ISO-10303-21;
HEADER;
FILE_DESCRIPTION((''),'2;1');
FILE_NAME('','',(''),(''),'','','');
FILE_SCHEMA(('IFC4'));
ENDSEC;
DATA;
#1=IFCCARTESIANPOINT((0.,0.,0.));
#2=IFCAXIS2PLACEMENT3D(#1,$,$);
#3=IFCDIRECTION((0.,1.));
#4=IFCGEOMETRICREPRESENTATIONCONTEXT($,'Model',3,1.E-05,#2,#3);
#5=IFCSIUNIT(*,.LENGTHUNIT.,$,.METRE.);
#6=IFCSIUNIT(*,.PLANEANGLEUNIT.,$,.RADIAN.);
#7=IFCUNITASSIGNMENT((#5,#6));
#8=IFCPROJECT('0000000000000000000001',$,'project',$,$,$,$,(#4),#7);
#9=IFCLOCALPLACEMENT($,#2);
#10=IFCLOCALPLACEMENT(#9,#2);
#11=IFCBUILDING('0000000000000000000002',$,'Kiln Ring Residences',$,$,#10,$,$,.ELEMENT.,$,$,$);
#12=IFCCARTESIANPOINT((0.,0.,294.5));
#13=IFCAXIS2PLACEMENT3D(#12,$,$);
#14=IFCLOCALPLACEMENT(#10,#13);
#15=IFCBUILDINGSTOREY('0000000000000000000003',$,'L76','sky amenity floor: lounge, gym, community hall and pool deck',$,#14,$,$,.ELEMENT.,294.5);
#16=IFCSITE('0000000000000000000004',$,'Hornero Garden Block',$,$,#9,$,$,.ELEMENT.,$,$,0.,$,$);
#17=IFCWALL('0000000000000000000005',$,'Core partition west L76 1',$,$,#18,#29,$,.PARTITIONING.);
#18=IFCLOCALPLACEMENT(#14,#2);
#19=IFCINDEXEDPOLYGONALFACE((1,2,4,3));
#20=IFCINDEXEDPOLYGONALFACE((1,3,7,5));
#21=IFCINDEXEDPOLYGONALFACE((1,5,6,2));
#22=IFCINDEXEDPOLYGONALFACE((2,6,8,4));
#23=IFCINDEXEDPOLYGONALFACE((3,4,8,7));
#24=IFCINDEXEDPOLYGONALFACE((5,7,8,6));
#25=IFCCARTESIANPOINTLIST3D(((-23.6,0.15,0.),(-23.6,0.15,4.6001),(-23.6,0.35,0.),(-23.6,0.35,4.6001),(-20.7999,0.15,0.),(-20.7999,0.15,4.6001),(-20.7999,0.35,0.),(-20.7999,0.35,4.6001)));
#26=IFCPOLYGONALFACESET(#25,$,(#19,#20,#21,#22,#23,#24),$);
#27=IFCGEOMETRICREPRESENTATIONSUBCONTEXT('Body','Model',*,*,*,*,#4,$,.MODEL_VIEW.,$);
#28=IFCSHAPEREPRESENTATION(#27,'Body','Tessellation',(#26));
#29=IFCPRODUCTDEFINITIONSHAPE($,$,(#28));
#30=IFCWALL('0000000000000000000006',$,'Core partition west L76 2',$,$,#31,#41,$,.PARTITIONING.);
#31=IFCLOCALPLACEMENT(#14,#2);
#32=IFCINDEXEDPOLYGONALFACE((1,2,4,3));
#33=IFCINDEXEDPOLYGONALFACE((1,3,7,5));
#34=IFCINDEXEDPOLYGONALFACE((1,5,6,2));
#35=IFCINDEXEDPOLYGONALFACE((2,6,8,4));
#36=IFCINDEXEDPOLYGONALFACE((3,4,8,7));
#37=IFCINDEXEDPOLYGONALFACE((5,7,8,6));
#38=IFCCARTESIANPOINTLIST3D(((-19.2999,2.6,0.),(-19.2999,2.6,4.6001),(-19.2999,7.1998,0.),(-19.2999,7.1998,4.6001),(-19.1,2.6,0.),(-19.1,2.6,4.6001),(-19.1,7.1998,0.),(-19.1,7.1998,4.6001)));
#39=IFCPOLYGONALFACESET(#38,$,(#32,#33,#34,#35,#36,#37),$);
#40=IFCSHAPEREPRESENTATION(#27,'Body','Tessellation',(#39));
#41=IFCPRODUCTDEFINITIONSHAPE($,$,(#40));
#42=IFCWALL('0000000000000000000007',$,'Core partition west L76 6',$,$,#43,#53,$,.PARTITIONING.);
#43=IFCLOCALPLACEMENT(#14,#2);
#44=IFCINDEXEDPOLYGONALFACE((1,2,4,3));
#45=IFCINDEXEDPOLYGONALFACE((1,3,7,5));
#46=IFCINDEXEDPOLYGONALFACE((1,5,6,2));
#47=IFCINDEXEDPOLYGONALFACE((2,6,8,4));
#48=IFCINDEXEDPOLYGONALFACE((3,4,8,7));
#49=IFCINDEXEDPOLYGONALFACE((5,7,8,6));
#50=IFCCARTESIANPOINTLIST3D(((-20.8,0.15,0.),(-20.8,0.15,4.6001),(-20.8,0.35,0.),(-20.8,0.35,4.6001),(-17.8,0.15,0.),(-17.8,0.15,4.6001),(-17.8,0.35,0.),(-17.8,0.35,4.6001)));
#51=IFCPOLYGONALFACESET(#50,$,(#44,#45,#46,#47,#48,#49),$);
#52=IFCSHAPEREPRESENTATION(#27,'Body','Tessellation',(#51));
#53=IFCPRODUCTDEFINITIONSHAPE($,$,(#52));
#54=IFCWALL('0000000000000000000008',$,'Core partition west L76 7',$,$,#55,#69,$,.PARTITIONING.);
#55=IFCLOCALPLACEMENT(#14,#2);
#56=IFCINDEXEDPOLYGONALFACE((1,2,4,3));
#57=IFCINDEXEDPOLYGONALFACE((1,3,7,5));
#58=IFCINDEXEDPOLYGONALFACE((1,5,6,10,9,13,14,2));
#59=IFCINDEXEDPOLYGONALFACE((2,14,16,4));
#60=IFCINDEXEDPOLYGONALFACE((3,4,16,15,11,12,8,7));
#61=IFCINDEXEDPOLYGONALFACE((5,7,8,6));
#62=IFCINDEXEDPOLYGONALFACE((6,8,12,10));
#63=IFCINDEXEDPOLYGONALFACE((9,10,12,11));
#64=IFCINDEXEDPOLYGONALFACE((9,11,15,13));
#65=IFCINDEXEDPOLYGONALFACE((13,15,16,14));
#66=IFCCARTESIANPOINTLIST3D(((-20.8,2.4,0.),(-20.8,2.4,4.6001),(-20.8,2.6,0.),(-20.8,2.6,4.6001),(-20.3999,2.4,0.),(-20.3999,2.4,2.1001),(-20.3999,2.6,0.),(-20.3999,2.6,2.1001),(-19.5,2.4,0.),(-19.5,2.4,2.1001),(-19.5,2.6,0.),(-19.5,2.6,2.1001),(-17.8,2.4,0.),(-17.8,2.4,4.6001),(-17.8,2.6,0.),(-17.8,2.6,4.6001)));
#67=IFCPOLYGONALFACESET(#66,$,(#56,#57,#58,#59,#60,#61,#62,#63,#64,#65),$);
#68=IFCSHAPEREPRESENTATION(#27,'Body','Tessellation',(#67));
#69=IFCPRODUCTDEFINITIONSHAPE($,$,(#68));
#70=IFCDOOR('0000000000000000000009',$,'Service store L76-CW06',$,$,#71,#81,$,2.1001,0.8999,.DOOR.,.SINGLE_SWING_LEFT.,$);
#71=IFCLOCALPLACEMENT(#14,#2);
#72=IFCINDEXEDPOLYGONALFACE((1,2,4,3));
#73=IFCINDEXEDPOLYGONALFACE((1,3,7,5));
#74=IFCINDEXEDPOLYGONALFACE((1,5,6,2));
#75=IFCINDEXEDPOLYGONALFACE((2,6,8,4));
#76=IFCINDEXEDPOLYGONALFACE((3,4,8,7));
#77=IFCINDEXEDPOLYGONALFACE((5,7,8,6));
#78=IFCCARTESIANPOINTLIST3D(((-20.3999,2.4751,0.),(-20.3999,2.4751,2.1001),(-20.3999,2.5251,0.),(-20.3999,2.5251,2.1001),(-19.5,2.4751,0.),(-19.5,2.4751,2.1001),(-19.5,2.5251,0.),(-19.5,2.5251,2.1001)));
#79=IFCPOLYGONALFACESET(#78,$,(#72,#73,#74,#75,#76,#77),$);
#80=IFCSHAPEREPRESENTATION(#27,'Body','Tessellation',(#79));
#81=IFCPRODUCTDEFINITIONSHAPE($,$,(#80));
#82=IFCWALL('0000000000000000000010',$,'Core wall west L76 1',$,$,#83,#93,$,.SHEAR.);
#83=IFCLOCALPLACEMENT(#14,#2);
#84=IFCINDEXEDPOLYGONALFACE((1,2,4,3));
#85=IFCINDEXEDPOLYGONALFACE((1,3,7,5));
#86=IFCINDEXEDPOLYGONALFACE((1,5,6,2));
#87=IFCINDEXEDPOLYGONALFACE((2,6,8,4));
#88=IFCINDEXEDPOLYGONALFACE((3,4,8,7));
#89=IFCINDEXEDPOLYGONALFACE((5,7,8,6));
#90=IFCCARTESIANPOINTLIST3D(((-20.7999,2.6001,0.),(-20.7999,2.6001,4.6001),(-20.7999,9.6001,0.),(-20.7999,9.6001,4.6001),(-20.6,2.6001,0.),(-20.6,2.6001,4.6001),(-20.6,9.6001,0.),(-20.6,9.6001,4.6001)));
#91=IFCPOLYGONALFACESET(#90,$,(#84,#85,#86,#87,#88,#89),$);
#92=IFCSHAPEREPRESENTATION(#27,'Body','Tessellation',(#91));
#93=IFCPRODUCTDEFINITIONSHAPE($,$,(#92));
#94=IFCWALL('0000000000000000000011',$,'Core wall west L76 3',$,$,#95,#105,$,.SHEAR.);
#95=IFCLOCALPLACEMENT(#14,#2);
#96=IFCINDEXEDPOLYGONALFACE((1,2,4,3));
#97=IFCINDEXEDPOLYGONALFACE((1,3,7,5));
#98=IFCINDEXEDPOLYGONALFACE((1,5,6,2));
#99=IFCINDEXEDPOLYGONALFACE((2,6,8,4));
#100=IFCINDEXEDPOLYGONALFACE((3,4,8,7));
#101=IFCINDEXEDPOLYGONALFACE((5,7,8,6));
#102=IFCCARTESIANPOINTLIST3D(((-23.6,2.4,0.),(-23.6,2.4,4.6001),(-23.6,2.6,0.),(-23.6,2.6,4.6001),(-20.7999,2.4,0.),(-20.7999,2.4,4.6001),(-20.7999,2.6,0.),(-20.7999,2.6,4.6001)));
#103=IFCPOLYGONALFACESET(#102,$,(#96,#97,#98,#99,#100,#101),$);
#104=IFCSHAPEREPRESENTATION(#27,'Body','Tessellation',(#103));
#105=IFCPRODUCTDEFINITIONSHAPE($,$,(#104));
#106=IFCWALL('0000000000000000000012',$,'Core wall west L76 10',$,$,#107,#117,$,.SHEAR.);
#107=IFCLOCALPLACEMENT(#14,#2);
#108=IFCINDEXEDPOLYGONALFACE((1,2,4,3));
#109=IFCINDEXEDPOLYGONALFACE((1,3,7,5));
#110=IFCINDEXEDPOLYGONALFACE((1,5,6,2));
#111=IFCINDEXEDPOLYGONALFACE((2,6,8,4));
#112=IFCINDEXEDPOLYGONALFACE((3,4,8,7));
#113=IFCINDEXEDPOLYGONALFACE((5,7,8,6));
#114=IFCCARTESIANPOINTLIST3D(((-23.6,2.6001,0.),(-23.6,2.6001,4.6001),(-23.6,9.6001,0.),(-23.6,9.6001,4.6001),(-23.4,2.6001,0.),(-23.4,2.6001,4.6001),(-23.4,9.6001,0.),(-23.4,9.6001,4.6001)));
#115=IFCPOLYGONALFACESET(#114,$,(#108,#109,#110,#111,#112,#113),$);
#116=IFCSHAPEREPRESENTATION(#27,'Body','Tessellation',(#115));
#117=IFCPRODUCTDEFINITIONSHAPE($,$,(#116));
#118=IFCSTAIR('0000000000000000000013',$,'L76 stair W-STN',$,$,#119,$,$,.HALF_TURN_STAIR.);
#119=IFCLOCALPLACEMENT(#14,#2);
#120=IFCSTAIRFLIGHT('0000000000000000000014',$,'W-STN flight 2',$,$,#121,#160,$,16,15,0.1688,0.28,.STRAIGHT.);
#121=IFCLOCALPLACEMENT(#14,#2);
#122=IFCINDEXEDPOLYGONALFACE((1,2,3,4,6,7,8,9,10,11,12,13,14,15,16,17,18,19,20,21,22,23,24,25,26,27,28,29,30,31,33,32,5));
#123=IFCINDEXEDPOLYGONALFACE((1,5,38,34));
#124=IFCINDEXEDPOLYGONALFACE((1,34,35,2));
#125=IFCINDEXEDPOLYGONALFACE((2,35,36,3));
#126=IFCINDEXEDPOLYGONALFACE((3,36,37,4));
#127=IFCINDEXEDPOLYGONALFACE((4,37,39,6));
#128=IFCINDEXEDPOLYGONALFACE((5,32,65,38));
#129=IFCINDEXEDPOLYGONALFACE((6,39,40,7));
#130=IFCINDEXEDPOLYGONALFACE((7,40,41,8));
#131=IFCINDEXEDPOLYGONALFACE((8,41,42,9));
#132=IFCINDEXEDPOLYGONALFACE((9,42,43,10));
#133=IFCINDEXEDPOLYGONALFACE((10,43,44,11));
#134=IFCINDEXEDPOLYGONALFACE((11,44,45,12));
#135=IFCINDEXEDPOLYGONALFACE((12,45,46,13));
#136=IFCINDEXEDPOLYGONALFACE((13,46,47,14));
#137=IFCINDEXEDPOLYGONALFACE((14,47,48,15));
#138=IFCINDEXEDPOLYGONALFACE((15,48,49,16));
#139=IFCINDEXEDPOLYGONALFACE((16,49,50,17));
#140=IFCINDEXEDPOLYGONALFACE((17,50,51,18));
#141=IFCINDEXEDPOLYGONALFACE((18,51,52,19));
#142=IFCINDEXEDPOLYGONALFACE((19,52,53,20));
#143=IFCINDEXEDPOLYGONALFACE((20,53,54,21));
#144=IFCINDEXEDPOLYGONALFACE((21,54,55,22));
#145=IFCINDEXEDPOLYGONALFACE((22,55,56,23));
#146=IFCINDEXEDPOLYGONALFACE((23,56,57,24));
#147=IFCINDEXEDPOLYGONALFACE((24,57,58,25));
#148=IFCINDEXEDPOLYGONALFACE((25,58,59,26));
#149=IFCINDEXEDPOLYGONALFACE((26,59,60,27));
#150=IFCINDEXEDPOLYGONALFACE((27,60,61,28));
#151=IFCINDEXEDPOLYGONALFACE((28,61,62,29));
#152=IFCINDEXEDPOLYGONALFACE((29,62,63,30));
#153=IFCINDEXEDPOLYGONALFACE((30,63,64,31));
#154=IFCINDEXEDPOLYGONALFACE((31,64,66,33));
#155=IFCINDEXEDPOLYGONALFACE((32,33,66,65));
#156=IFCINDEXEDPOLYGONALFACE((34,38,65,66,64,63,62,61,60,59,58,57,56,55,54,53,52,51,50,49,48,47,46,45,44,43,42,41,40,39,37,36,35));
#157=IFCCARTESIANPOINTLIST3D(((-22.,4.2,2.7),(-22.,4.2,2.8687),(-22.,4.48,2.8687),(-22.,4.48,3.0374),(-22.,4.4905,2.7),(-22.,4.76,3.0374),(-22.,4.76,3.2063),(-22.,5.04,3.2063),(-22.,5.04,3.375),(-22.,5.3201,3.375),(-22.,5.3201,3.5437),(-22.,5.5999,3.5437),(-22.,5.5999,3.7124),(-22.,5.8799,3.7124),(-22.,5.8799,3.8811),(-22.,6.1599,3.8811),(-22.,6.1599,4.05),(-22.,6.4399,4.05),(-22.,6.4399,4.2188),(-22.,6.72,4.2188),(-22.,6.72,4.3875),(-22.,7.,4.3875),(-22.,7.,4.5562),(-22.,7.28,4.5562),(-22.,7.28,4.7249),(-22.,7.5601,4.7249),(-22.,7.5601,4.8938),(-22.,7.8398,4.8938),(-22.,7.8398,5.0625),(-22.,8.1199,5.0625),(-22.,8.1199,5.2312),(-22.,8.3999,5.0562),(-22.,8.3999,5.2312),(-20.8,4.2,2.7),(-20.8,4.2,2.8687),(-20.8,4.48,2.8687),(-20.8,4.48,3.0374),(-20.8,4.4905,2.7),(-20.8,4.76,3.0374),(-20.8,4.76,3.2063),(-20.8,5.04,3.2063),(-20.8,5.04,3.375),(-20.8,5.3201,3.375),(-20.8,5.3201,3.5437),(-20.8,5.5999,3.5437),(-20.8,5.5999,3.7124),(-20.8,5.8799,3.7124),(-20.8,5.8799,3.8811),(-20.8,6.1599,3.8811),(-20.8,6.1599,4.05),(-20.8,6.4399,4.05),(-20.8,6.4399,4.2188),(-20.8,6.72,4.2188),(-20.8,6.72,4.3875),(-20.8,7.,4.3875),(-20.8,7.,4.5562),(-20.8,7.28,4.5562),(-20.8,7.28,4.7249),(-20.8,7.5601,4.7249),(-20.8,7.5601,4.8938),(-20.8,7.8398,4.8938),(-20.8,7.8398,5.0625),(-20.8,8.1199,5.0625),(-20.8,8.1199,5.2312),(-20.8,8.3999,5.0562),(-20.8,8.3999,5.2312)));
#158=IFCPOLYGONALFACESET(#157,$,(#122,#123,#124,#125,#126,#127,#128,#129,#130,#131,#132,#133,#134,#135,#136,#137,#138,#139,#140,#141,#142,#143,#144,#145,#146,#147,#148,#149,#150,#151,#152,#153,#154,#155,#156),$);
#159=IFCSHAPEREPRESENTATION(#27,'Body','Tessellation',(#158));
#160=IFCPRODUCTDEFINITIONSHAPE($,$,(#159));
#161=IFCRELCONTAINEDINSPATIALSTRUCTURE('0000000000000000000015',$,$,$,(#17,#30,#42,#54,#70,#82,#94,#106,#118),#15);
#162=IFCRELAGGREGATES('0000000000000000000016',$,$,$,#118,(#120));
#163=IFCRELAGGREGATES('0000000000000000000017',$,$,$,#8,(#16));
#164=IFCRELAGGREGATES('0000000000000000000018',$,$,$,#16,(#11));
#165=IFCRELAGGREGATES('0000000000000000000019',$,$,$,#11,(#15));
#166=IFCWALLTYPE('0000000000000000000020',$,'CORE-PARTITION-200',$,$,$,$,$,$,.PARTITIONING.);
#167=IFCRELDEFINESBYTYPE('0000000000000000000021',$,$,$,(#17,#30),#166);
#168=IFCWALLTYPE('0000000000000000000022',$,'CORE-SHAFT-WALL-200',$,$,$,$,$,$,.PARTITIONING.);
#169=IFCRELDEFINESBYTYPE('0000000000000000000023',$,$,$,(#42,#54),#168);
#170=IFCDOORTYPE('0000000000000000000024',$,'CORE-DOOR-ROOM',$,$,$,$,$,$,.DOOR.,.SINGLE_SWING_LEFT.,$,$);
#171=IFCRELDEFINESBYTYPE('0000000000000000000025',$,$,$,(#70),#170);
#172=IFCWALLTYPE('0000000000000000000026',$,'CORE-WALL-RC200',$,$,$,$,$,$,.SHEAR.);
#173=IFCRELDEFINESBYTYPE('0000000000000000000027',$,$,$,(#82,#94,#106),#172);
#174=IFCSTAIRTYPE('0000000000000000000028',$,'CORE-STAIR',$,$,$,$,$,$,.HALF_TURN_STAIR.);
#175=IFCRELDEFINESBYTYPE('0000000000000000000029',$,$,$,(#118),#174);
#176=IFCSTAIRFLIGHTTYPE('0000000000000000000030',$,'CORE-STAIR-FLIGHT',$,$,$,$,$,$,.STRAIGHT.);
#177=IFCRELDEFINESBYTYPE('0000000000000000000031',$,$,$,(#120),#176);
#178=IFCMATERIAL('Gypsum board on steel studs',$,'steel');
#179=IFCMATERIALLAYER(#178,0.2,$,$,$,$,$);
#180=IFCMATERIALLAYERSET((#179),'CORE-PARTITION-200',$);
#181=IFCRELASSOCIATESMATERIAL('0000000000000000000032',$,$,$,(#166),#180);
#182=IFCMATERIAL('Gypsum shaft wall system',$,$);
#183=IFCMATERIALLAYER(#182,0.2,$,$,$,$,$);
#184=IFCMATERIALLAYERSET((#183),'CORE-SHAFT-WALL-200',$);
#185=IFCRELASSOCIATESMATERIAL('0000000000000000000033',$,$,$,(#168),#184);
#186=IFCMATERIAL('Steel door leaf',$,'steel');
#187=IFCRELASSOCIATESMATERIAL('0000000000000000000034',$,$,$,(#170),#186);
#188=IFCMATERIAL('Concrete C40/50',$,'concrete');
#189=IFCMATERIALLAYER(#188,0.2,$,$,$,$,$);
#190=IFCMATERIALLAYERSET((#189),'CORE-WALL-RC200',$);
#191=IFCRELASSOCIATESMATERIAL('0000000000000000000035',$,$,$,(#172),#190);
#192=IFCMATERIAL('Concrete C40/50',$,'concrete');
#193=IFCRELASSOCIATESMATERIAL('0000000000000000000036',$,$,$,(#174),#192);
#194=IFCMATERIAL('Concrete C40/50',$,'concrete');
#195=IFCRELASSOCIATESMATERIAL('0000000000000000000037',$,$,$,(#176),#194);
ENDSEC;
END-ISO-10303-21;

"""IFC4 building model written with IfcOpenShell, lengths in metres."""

from ifc_helpers import new_model, si_unit, direction, frame, frame_2d, origin, place, context, subcontext, project, spatial, polyline, rectangle, outline, extrude, material, layer, layer_set, type_object, element, fill, aggregate, save


model = new_model("IFC4")

# Units and contexts
model_context = context("Model", 3, precision=1e-05, world=origin(), true_north=direction((0.0, 1.0)))
body_context = subcontext(model_context, "Body", "Model", "MODEL_VIEW")
ifc_project = project(units=[si_unit("LENGTHUNIT", "METRE"), si_unit("PLANEANGLEUNIT", "RADIAN")], contexts=[model_context])

# Site, building, storey
site_placement = place(None, origin())
site = spatial("IfcSite", under=ifc_project, at=site_placement, Name="Hornero Garden Block", CompositionType="ELEMENT", RefElevation=0.0)
building_placement = place(site_placement, origin())
building = spatial("IfcBuilding", under=site, at=building_placement, Name="Kiln Ring Residences", CompositionType="ELEMENT")
storey_placement = place(building_placement, frame((0.0, 0.0, 294.5)))
storey = spatial("IfcBuildingStorey", under=building, at=storey_placement, Name="L76", Description="sky amenity floor: lounge, gym, community hall and pool deck", CompositionType="ELEMENT", Elevation=294.5)

# Shared definitions
placement = place(storey_placement, origin())

# Walls
ifc_material_1 = material(Name="Gypsum board on steel studs", Category="steel")
ifc_layer_1 = layer(ifc_material_1, 0.2)
ifc_layer_set_1 = layer_set([ifc_layer_1], Name="CORE-PARTITION-200")
wall_type_1 = type_object("IfcWallType", Name="CORE-PARTITION-200", PredefinedType="PARTITIONING", material=ifc_layer_set_1)
wall_1_placement = place(storey_placement, frame((-20.8, 0.25, 0.0), z_axis=(0.0, 0.0, 1.0), x_axis=(-1.0, 0.0, 0.0)))
element("IfcWall", 1, at=wall_1_placement, inside=storey, type_object=wall_type_1, Name="Core partition west L76 1", PredefinedType="PARTITIONING", context=body_context, shape_type="SweptSolid", body=[
    extrude(rectangle(XDim=2.8, YDim=0.2, at=frame_2d((1.3999, 0.0))), origin(), (0.0, 0.0, 1.0), 4.6001),
])
wall_2_placement = place(storey_placement, frame((-19.2, 2.6001, 0.0), z_axis=(0.0, 0.0, 1.0), x_axis=(0.0, 1.0, 0.0)))
element("IfcWall", 2, at=wall_2_placement, inside=storey, type_object=wall_type_1, Name="Core partition west L76 2", PredefinedType="PARTITIONING", context=body_context, shape_type="SweptSolid", body=[
    extrude(rectangle(XDim=4.5999, YDim=0.2, at=frame_2d((2.2998, 0.0))), origin(), (0.0, 0.0, 1.0), 4.6001),
])
ifc_material_2 = material(Name="Gypsum shaft wall system")
ifc_layer_2 = layer(ifc_material_2, 0.2)
ifc_layer_set_2 = layer_set([ifc_layer_2], Name="CORE-SHAFT-WALL-200")
wall_type_2 = type_object("IfcWallType", Name="CORE-SHAFT-WALL-200", PredefinedType="PARTITIONING", material=ifc_layer_set_2)
wall_3_placement = place(storey_placement, frame((-17.8, 0.25, 0.0), z_axis=(0.0, 0.0, 1.0), x_axis=(-1.0, 0.0, 0.0)))
element("IfcWall", 3, at=wall_3_placement, inside=storey, type_object=wall_type_2, Name="Core partition west L76 6", PredefinedType="PARTITIONING", context=body_context, shape_type="SweptSolid", body=[
    extrude(rectangle(XDim=3.0, YDim=0.2, at=frame_2d((1.5, 0.0))), origin(), (0.0, 0.0, 1.0), 4.6001),
])

# Wall, opening, door
wall_4_placement = place(storey_placement, frame((-17.8, 2.5, 0.0), z_axis=(0.0, 0.0, 1.0), x_axis=(-1.0, 0.0, 0.0)))
wall_4 = element("IfcWall", 4, at=wall_4_placement, inside=storey, type_object=wall_type_2, Name="Core partition west L76 7", PredefinedType="PARTITIONING", context=body_context, shape_type="SweptSolid", body=[
    extrude(rectangle(XDim=3.0, YDim=0.2, at=frame_2d((1.5, 0.0))), origin(), (0.0, 0.0, 1.0), 4.6001),
])
opening_placement = place(wall_4_placement, frame((1.7, 0.0, 0.0)))
opening = element("IfcOpeningElement", 5, at=opening_placement, cuts=wall_4, PredefinedType="OPENING", context=body_context, shape_type="SweptSolid", body=[
    extrude(rectangle(XDim=0.8999, YDim=2.1001, at=frame_2d((0.45, 1.05))), frame((0.0, 0.1099, 0.0), z_axis=(0.0, -1.0, 0.0), x_axis=(1.0, 0.0, 0.0)), (0.0, 0.0, 1.0), 0.22),
])
ifc_material_3 = material(Name="Steel door leaf", Category="steel")
door_type = type_object("IfcDoorType", Name="CORE-DOOR-ROOM", OperationType="SINGLE_SWING_LEFT", PredefinedType="DOOR", material=ifc_material_3)
door_placement = place(opening_placement, origin())
door = element("IfcDoor", 6, at=door_placement, inside=storey, type_object=door_type, Name="Service store L76-CW06", OperationType="SINGLE_SWING_LEFT", OverallHeight=2.1001, OverallWidth=0.8999, PredefinedType="DOOR", context=body_context, shape_type="SweptSolid", body=[
    extrude(rectangle(XDim=0.8999, YDim=2.1001, at=frame_2d((0.45, 1.05))), frame((0.0, 0.0249, 0.0), z_axis=(0.0, -1.0, 0.0), x_axis=(1.0, 0.0, 0.0)), (0.0, 0.0, 1.0), 0.05),
])
fill(opening, door)

# Walls
ifc_material_4 = material(Name="Concrete C40/50", Category="concrete")
ifc_layer_3 = layer(ifc_material_4, 0.2)
ifc_layer_set_3 = layer_set([ifc_layer_3], Name="CORE-WALL-RC200")
wall_type_3 = type_object("IfcWallType", Name="CORE-WALL-RC200", PredefinedType="SHEAR", material=ifc_layer_set_3)
wall_5_placement = place(storey_placement, frame((-20.7, 2.6001, 0.0), z_axis=(0.0, 0.0, 1.0), x_axis=(0.0, 1.0, 0.0)))
element("IfcWall", 7, at=wall_5_placement, inside=storey, type_object=wall_type_3, Name="Core wall west L76 1", PredefinedType="SHEAR", context=body_context, shape_type="SweptSolid", body=[
    extrude(rectangle(XDim=7.0, YDim=0.2, at=frame_2d((3.5, 0.0))), origin(), (0.0, 0.0, 1.0), 4.6001),
])
wall_6_placement = place(storey_placement, frame((-20.8, 2.5, 0.0), z_axis=(0.0, 0.0, 1.0), x_axis=(-1.0, 0.0, 0.0)))
element("IfcWall", 8, at=wall_6_placement, inside=storey, type_object=wall_type_3, Name="Core wall west L76 3", PredefinedType="SHEAR", context=body_context, shape_type="SweptSolid", body=[
    extrude(rectangle(XDim=2.8, YDim=0.2, at=frame_2d((1.3999, 0.0))), origin(), (0.0, 0.0, 1.0), 4.6001),
])
wall_7_placement = place(storey_placement, frame((-23.5, 2.6001, 0.0), z_axis=(0.0, 0.0, 1.0), x_axis=(0.0, 1.0, 0.0)))
element("IfcWall", 9, at=wall_7_placement, inside=storey, type_object=wall_type_3, Name="Core wall west L76 10", PredefinedType="SHEAR", context=body_context, shape_type="SweptSolid", body=[
    extrude(rectangle(XDim=7.0, YDim=0.2, at=frame_2d((3.5, 0.0))), origin(), (0.0, 0.0, 1.0), 4.6001),
])

# Stair, stair flight
ifc_material_5 = material(Name="Concrete C40/50", Category="concrete")
stair_type = type_object("IfcStairType", Name="CORE-STAIR", PredefinedType="HALF_TURN_STAIR", material=ifc_material_5)
stair = element("IfcStair", 10, at=placement, inside=storey, type_object=stair_type, Name="L76 stair W-STN", PredefinedType="HALF_TURN_STAIR")
ifc_material_6 = material(Name="Concrete C40/50", Category="concrete")
stair_flight_type = type_object("IfcStairFlightType", Name="CORE-STAIR-FLIGHT", PredefinedType="STRAIGHT", material=ifc_material_6)
stair_flight_placement = place(storey_placement, frame((-21.3999, 4.2, 2.7), z_axis=(0.0, 0.0, 1.0), x_axis=(0.0, 1.0, 0.0)))
stair_flight = element("IfcStairFlight", 11, at=stair_flight_placement, type_object=stair_flight_type, Name="W-STN flight 2", NumberOfRisers=16, NumberOfTreads=15, PredefinedType="STRAIGHT", RiserHeight=0.1688, TreadLength=0.28, context=body_context, shape_type="SweptSolid", body=[
    extrude(outline(polyline([(0.0, 0.0), (0.0, 0.1687), (0.28, 0.1687), (0.28, 0.3374), (0.5601, 0.3374), (0.5601, 0.5063), (0.8401, 0.5063), (0.8401, 0.675), (1.1201, 0.675), (1.1201, 0.8438), (1.3999, 0.8438), (1.3999, 1.0125), (1.6799, 1.0125), (1.6799, 1.1812), (1.96, 1.1812), (1.96, 1.3501), (2.24, 1.3501), (2.24, 1.5188), (2.52, 1.5188), (2.52, 1.6875), (2.8, 1.6875), (2.8, 1.8562), (3.0801, 1.8562), (3.0801, 2.0249), (3.3601, 2.0249), (3.3601, 2.1938), (3.6399, 2.1938), (3.6399, 2.3625), (3.9199, 2.3625), (3.9199, 2.5312), (4.2, 2.5312), (4.2, 2.7), (4.2, 2.3562), (0.2905, 0.0), (0.0, 0.0)])), frame((0.0, 0.6001, 0.0), z_axis=(0.0, -1.0, 0.0), x_axis=(1.0, 0.0, 0.0)), (0.0, 0.0, 1.0), 1.2),
])
aggregate(stair, [stair_flight])

save(model, "model.ifc")
